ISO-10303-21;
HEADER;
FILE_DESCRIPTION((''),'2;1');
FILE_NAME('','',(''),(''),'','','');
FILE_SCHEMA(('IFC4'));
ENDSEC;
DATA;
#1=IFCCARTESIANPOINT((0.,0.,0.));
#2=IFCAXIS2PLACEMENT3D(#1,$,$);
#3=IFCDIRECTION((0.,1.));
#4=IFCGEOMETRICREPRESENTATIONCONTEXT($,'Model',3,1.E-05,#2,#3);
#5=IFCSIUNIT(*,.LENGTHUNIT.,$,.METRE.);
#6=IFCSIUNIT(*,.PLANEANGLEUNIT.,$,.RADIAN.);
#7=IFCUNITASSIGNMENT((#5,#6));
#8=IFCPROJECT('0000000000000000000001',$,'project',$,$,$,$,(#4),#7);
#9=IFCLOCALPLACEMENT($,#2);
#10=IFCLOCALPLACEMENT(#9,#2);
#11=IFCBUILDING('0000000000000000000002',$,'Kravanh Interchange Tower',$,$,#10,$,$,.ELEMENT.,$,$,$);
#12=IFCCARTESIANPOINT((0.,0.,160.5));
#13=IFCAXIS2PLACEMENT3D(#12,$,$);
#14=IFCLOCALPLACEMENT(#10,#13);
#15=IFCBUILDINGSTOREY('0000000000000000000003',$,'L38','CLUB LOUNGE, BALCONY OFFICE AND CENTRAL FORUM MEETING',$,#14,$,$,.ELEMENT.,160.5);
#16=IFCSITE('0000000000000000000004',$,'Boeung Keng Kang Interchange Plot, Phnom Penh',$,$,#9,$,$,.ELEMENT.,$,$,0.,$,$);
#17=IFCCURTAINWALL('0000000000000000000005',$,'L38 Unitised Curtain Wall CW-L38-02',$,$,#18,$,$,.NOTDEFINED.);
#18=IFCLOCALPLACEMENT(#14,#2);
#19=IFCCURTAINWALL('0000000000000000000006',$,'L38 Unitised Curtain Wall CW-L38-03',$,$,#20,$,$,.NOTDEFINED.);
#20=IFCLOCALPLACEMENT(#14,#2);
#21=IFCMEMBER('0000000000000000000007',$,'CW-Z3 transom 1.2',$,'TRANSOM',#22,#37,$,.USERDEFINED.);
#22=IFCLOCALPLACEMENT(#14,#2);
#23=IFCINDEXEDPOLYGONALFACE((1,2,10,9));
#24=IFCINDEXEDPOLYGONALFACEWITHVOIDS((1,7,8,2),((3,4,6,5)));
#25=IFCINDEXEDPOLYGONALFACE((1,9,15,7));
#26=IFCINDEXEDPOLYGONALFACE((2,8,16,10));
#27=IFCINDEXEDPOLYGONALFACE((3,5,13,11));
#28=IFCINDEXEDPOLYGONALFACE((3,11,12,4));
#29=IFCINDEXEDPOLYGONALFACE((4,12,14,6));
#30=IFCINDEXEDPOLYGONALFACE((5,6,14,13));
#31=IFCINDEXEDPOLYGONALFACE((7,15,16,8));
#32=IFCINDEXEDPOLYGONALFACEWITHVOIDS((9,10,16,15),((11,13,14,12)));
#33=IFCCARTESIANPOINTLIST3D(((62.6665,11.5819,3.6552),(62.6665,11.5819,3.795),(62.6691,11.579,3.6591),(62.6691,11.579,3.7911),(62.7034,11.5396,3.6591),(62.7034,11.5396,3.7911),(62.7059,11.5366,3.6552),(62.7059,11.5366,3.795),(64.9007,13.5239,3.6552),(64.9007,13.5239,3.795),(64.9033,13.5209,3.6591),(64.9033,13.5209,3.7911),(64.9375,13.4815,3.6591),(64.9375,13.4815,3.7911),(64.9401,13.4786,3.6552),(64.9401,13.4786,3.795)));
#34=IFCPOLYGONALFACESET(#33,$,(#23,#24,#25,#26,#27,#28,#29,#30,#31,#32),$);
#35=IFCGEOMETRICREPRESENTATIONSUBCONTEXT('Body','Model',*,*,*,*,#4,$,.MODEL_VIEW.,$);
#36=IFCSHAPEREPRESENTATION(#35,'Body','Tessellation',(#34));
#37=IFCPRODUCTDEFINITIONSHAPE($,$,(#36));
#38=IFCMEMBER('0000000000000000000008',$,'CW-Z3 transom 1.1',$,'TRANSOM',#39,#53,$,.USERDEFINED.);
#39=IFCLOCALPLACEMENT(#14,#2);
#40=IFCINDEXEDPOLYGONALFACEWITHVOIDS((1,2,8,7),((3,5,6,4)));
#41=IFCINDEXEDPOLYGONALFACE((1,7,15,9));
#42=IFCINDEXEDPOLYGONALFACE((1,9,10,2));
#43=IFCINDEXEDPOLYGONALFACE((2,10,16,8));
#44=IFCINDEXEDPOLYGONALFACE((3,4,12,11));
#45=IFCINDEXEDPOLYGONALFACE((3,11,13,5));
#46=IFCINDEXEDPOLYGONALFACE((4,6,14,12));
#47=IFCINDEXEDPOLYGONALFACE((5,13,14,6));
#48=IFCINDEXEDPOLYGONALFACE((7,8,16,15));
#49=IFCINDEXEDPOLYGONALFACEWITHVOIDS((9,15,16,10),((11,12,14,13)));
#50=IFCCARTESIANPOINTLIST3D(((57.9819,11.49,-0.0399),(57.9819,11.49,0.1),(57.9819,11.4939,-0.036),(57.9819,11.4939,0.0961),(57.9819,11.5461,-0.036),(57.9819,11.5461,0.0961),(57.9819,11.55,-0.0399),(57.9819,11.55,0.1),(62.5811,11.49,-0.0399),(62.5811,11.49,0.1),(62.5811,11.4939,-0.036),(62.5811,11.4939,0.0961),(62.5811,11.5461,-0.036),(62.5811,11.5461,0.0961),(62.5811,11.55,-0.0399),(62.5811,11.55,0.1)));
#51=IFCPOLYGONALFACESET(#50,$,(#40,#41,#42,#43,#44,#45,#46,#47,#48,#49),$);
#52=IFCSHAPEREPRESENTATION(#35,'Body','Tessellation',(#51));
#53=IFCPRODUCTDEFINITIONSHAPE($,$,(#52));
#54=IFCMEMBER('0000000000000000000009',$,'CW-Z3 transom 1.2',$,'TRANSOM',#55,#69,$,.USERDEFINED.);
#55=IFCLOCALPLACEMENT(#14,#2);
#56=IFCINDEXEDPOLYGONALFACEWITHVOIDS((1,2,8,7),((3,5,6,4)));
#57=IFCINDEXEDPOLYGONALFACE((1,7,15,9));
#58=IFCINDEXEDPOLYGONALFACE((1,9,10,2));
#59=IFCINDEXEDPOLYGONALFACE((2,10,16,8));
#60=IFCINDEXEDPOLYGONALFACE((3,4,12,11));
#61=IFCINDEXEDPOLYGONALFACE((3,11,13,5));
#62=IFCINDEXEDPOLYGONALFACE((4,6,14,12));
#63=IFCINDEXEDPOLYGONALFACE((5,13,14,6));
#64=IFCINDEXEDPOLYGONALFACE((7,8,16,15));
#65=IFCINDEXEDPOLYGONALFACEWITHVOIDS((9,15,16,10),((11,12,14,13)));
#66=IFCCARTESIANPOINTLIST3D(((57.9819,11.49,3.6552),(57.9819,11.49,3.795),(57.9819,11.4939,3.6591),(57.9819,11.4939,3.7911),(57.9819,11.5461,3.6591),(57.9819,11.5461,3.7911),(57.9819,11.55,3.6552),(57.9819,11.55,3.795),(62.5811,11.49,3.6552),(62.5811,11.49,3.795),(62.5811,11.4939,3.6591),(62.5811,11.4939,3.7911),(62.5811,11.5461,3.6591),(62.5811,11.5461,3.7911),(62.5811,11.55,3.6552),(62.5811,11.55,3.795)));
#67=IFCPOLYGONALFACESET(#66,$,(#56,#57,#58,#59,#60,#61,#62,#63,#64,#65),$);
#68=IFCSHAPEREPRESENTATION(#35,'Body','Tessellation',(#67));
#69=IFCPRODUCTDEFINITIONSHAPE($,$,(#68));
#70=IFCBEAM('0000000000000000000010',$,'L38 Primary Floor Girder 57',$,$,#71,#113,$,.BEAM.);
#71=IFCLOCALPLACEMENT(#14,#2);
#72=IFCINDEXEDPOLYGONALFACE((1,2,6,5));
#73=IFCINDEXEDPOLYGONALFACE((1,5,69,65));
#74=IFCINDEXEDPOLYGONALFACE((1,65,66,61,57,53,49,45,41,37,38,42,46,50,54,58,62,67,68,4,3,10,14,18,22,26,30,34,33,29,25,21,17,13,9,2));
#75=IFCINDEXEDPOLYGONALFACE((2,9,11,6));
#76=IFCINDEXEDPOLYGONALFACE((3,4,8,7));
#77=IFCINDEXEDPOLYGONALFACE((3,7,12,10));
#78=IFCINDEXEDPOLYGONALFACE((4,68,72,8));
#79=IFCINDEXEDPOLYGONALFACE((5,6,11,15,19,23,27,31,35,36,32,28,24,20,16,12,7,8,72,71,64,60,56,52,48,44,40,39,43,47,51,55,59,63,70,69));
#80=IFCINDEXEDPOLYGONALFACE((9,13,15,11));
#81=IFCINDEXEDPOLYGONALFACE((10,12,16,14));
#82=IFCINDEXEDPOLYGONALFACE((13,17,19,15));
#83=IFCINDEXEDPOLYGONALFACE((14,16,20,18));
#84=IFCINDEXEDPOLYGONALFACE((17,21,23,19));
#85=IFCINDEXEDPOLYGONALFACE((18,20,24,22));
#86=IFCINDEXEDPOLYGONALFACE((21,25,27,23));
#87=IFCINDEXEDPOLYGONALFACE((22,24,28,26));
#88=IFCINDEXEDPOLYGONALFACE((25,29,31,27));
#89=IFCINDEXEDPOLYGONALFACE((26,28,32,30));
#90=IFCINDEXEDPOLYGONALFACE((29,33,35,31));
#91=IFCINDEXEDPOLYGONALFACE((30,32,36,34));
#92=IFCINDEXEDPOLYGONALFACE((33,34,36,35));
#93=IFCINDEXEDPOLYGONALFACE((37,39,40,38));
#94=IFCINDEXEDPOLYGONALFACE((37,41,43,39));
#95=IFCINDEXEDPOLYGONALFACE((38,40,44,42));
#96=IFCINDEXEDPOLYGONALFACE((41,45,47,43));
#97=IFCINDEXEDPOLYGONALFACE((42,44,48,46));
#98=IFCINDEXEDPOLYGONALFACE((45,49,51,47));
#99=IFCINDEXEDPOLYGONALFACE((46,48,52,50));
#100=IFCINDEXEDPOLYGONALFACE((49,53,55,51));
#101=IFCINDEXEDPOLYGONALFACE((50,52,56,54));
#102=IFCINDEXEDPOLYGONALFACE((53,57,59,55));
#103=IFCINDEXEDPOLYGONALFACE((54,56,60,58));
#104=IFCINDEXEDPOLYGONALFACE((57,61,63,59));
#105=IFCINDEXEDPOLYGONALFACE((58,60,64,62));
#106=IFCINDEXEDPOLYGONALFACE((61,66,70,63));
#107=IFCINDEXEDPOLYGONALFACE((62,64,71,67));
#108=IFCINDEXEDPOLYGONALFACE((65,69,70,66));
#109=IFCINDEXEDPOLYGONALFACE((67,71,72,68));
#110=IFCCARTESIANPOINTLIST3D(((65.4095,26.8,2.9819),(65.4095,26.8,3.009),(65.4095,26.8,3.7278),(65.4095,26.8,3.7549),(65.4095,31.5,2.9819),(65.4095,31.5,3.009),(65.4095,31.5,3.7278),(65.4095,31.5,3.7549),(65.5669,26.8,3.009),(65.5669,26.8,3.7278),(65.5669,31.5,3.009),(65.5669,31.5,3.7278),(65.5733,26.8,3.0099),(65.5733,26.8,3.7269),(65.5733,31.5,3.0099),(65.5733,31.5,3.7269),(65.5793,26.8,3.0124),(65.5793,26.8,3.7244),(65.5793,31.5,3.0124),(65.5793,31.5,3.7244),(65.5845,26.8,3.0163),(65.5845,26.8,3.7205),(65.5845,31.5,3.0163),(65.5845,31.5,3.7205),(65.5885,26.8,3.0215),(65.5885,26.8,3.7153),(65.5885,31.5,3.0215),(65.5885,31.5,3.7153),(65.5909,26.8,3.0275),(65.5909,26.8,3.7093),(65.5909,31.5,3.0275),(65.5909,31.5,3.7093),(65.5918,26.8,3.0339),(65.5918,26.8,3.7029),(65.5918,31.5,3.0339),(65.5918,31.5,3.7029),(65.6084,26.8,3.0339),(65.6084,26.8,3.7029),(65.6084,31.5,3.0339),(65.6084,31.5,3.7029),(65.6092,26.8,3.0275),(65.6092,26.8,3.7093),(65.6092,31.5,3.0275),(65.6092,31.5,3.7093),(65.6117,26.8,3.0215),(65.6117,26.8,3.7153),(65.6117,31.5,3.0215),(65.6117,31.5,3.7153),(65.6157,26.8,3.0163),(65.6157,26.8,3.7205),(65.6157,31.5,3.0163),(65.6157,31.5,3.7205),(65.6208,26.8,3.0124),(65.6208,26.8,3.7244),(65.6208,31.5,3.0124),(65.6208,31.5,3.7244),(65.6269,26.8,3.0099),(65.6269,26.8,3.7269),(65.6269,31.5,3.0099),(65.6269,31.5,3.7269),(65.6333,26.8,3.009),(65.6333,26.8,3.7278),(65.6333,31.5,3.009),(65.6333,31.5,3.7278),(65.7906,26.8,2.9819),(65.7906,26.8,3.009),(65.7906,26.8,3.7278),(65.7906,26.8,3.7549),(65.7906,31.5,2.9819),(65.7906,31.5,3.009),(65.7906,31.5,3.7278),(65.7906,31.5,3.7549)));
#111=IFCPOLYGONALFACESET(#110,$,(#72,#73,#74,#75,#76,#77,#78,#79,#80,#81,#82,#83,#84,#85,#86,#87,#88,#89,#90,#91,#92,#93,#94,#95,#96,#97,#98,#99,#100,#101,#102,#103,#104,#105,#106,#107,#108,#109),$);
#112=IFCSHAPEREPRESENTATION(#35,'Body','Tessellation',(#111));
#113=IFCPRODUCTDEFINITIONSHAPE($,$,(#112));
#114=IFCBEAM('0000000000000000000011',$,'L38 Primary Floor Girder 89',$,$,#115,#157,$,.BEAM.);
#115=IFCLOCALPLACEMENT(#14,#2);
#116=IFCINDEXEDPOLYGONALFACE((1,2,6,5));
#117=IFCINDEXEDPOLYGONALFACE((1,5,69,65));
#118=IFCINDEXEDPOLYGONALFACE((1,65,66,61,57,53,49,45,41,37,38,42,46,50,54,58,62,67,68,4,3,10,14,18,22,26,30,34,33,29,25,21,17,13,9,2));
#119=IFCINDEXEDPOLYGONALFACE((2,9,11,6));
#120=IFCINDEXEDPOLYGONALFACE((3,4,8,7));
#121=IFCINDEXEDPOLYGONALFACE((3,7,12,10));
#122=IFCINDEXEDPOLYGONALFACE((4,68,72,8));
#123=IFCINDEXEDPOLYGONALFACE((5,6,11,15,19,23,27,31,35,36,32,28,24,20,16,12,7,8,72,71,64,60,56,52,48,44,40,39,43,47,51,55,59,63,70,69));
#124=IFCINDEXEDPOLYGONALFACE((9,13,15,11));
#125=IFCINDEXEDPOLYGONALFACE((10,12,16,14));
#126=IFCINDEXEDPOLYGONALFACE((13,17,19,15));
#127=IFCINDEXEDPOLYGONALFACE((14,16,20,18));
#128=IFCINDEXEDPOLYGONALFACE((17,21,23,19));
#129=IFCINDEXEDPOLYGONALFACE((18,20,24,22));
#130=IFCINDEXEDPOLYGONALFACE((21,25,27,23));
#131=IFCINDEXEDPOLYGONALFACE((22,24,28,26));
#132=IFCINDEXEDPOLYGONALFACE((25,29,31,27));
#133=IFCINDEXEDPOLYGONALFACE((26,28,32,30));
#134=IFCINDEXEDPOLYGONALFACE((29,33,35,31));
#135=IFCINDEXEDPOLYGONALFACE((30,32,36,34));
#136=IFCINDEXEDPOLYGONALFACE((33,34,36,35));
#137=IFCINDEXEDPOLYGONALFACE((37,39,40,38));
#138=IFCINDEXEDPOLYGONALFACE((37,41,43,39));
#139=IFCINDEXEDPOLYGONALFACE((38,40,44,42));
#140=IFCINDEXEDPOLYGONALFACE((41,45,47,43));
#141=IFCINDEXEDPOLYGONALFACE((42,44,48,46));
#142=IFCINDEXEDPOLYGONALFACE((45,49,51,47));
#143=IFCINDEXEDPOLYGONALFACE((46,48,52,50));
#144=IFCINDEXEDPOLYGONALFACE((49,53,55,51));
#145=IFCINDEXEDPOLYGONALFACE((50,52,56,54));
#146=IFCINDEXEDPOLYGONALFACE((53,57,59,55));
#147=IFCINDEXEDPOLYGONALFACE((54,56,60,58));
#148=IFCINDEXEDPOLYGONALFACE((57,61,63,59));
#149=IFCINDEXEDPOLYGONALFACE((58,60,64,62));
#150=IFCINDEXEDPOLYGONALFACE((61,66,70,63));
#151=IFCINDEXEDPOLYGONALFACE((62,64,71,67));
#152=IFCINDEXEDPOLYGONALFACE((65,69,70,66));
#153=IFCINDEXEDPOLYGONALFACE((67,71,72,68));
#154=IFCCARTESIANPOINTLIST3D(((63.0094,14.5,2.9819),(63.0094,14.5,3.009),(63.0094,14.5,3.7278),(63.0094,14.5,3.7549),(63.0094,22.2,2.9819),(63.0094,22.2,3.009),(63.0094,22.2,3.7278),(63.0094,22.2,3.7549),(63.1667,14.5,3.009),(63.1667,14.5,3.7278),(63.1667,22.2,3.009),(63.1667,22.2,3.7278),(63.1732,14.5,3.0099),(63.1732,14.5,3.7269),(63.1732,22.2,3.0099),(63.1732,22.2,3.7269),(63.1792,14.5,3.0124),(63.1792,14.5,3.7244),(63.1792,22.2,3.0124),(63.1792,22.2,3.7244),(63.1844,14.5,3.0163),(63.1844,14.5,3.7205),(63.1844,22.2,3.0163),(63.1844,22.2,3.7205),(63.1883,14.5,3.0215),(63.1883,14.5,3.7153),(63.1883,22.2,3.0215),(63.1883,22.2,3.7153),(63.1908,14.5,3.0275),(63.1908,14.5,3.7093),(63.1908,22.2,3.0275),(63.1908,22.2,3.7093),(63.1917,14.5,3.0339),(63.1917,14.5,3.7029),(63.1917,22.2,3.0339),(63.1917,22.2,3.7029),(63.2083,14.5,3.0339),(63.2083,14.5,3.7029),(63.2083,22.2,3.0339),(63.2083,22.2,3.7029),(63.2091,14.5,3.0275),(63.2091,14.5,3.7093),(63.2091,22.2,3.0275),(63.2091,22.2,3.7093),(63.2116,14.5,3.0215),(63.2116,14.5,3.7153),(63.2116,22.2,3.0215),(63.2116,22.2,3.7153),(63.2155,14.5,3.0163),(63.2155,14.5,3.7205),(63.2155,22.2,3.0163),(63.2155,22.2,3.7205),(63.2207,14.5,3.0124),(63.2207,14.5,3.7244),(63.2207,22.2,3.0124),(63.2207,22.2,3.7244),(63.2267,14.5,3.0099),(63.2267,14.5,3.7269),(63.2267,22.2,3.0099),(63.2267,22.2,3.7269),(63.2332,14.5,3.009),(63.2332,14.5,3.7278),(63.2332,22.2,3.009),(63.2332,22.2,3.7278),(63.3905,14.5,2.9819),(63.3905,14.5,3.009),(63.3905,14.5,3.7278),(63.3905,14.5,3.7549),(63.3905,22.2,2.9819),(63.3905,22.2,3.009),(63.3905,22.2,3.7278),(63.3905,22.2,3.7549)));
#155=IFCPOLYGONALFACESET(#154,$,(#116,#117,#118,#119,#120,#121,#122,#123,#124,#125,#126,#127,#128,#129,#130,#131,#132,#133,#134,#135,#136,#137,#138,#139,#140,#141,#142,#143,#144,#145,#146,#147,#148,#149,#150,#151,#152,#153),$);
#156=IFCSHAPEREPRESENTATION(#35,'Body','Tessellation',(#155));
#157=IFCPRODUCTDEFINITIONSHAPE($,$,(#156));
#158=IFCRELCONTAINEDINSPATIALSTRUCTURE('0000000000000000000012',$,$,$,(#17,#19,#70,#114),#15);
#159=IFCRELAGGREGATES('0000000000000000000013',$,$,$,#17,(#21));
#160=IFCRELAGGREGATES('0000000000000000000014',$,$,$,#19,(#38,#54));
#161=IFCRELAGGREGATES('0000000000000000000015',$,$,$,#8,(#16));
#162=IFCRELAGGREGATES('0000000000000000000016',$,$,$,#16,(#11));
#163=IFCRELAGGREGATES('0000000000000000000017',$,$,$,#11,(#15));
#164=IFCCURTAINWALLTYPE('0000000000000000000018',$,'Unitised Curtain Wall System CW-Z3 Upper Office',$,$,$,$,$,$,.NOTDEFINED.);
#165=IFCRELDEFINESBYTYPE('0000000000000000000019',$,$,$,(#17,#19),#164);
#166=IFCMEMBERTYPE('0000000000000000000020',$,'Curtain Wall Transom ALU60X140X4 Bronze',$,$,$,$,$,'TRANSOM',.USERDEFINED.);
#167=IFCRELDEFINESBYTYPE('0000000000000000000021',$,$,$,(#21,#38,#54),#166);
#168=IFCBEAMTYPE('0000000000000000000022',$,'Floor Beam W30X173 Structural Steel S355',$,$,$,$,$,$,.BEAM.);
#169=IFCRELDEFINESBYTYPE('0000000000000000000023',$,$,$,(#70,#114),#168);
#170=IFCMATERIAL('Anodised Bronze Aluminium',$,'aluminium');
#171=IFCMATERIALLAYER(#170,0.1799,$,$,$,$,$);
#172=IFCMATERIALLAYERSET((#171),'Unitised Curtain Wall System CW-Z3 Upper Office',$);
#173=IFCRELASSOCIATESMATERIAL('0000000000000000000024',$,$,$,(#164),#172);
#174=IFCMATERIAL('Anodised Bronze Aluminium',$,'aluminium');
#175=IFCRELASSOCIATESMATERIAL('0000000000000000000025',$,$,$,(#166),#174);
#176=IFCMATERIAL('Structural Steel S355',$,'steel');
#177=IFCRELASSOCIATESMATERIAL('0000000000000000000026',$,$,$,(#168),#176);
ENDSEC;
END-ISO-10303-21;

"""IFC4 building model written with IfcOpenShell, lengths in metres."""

from ifc_helpers import new_model, si_unit, direction, frame, origin, origin_2d, place, context, subcontext, project, spatial, hollow_rectangle, i_section, extrude, material, layer, layer_set, material_profile, profile_set, type_object, element, aggregate, save


model = new_model("IFC4")

# Units and contexts
model_context = context("Model", 3, precision=1e-05, world=origin(), true_north=direction((0.0, 1.0)))
body_context = subcontext(model_context, "Body", "Model", "MODEL_VIEW")
ifc_project = project(units=[si_unit("LENGTHUNIT", "METRE"), si_unit("PLANEANGLEUNIT", "RADIAN")], contexts=[model_context])

# Site, building, storey
site_placement = place(None, origin())
site = spatial("IfcSite", under=ifc_project, at=site_placement, Name="Boeung Keng Kang Interchange Plot, Phnom Penh", CompositionType="ELEMENT", RefElevation=0.0)
building_placement = place(site_placement, origin())
building = spatial("IfcBuilding", under=site, at=building_placement, Name="Kravanh Interchange Tower", CompositionType="ELEMENT")
storey_placement = place(building_placement, frame((0.0, 0.0, 160.5)))
storey = spatial("IfcBuildingStorey", under=building, at=storey_placement, Name="L38", Description="CLUB LOUNGE, BALCONY OFFICE AND CENTRAL FORUM MEETING", CompositionType="ELEMENT", Elevation=160.5)

# Curtain wall
ifc_material_1 = material(Name="Anodised Bronze Aluminium", Category="aluminium")
ifc_layer_1 = layer(ifc_material_1, 0.1799)
ifc_layer_set_1 = layer_set([ifc_layer_1], Name="Unitised Curtain Wall System CW-Z3 Upper Office")
curtain_wall_type = type_object("IfcCurtainWallType", Name="Unitised Curtain Wall System CW-Z3 Upper Office", PredefinedType="NOTDEFINED", material=ifc_layer_set_1)
curtain_wall_1_placement = place(storey_placement, origin())
curtain_wall_1 = element("IfcCurtainWall", 1, at=curtain_wall_1_placement, inside=storey, type_object=curtain_wall_type, Name="L38 Unitised Curtain Wall CW-L38-02", PredefinedType="NOTDEFINED")

# Curtain wall
curtain_wall_2_placement = place(storey_placement, origin())
curtain_wall_2 = element("IfcCurtainWall", 2, at=curtain_wall_2_placement, inside=storey, type_object=curtain_wall_type, Name="L38 Unitised Curtain Wall CW-L38-03", PredefinedType="NOTDEFINED")

# Members
ifc_material_2 = material(Name="Anodised Bronze Aluminium", Category="aluminium")
ifc_material_profile_1 = material_profile(ifc_material_2, hollow_rectangle(XDim=0.0601, YDim=0.1399, WallThickness=0.0039, at=origin_2d()), Name="ALU60X140X4")
ifc_profile_set_1 = profile_set([ifc_material_profile_1], Name="Anodised Bronze Aluminium")
member_type_1 = type_object("IfcMemberType", Name="Curtain Wall Transom ALU60X140X4 Bronze", ElementType="TRANSOM", PredefinedType="USERDEFINED", material=ifc_profile_set_1)
member_1_placement = place(storey_placement, frame((64.9204, 13.5012, 3.7251), z_axis=(-0.754744, -0.656019, 0.0), x_axis=(0.656019, -0.754744, 0.0)))
member_1 = element("IfcMember", 3, at=member_1_placement, type_object=member_type_1, Name="CW-Z3 transom 1.2", ObjectType="TRANSOM", PredefinedType="USERDEFINED", context=body_context, shape_type="SweptSolid", body=[
    extrude(hollow_rectangle(XDim=0.0601, YDim=0.1399, WallThickness=0.0039, at=origin_2d()), origin(), (0.0, 0.0, 1.0), 2.9602),
])
member_2_placement = place(storey_placement, frame((62.5811, 11.52, 0.03), z_axis=(-1.0, 0.0, 0.0), x_axis=(0.0, -1.0, 0.0)))
member_2 = element("IfcMember", 4, at=member_2_placement, type_object=member_type_1, Name="CW-Z3 transom 1.1", ObjectType="TRANSOM", PredefinedType="USERDEFINED", context=body_context, shape_type="SweptSolid", body=[
    extrude(hollow_rectangle(XDim=0.0601, YDim=0.1399, WallThickness=0.0039, at=origin_2d()), origin(), (0.0, 0.0, 1.0), 4.5991),
])
member_3_placement = place(storey_placement, frame((62.5811, 11.52, 3.7251), z_axis=(-1.0, 0.0, 0.0), x_axis=(0.0, -1.0, 0.0)))
member_3 = element("IfcMember", 5, at=member_3_placement, type_object=member_type_1, Name="CW-Z3 transom 1.2", ObjectType="TRANSOM", PredefinedType="USERDEFINED", context=body_context, shape_type="SweptSolid", body=[
    extrude(hollow_rectangle(XDim=0.0601, YDim=0.1399, WallThickness=0.0039, at=origin_2d()), origin(), (0.0, 0.0, 1.0), 4.5991),
])

# Beams
ifc_material_3 = material(Name="Structural Steel S355", Category="steel")
ifc_material_profile_2 = material_profile(ifc_material_3, i_section(OverallWidth=0.3811, OverallDepth=0.7729, WebThickness=0.0166, FlangeThickness=0.0271, FilletRadius=0.0249, at=origin_2d()), Name="W30X173")
ifc_profile_set_2 = profile_set([ifc_material_profile_2], Name="Structural Steel S355")
beam_type_1 = type_object("IfcBeamType", Name="Floor Beam W30X173 Structural Steel S355", PredefinedType="BEAM", material=ifc_profile_set_2)
beam_1_placement = place(storey_placement, frame((65.6001, 26.8, 3.3684), z_axis=(0.0, 1.0, 0.0), x_axis=(-1.0, 0.0, 0.0)))
element("IfcBeam", 6, at=beam_1_placement, inside=storey, type_object=beam_type_1, Name="L38 Primary Floor Girder 57", PredefinedType="BEAM", context=body_context, shape_type="SweptSolid", body=[
    extrude(i_section(OverallWidth=0.3811, OverallDepth=0.7729, WebThickness=0.0166, FlangeThickness=0.0271, FilletRadius=0.0249, at=origin_2d()), origin(), (0.0, 0.0, 1.0), 4.7),
])
beam_2_placement = place(storey_placement, frame((63.2, 14.5, 3.3684), z_axis=(0.0, 1.0, 0.0), x_axis=(-1.0, 0.0, 0.0)))
element("IfcBeam", 7, at=beam_2_placement, inside=storey, type_object=beam_type_1, Name="L38 Primary Floor Girder 89", PredefinedType="BEAM", context=body_context, shape_type="SweptSolid", body=[
    extrude(i_section(OverallWidth=0.3811, OverallDepth=0.7729, WebThickness=0.0166, FlangeThickness=0.0271, FilletRadius=0.0249, at=origin_2d()), origin(), (0.0, 0.0, 1.0), 7.7),
])

aggregate(curtain_wall_1, [member_1])
aggregate(curtain_wall_2, [member_2, member_3])

save(model, "model.ifc")
